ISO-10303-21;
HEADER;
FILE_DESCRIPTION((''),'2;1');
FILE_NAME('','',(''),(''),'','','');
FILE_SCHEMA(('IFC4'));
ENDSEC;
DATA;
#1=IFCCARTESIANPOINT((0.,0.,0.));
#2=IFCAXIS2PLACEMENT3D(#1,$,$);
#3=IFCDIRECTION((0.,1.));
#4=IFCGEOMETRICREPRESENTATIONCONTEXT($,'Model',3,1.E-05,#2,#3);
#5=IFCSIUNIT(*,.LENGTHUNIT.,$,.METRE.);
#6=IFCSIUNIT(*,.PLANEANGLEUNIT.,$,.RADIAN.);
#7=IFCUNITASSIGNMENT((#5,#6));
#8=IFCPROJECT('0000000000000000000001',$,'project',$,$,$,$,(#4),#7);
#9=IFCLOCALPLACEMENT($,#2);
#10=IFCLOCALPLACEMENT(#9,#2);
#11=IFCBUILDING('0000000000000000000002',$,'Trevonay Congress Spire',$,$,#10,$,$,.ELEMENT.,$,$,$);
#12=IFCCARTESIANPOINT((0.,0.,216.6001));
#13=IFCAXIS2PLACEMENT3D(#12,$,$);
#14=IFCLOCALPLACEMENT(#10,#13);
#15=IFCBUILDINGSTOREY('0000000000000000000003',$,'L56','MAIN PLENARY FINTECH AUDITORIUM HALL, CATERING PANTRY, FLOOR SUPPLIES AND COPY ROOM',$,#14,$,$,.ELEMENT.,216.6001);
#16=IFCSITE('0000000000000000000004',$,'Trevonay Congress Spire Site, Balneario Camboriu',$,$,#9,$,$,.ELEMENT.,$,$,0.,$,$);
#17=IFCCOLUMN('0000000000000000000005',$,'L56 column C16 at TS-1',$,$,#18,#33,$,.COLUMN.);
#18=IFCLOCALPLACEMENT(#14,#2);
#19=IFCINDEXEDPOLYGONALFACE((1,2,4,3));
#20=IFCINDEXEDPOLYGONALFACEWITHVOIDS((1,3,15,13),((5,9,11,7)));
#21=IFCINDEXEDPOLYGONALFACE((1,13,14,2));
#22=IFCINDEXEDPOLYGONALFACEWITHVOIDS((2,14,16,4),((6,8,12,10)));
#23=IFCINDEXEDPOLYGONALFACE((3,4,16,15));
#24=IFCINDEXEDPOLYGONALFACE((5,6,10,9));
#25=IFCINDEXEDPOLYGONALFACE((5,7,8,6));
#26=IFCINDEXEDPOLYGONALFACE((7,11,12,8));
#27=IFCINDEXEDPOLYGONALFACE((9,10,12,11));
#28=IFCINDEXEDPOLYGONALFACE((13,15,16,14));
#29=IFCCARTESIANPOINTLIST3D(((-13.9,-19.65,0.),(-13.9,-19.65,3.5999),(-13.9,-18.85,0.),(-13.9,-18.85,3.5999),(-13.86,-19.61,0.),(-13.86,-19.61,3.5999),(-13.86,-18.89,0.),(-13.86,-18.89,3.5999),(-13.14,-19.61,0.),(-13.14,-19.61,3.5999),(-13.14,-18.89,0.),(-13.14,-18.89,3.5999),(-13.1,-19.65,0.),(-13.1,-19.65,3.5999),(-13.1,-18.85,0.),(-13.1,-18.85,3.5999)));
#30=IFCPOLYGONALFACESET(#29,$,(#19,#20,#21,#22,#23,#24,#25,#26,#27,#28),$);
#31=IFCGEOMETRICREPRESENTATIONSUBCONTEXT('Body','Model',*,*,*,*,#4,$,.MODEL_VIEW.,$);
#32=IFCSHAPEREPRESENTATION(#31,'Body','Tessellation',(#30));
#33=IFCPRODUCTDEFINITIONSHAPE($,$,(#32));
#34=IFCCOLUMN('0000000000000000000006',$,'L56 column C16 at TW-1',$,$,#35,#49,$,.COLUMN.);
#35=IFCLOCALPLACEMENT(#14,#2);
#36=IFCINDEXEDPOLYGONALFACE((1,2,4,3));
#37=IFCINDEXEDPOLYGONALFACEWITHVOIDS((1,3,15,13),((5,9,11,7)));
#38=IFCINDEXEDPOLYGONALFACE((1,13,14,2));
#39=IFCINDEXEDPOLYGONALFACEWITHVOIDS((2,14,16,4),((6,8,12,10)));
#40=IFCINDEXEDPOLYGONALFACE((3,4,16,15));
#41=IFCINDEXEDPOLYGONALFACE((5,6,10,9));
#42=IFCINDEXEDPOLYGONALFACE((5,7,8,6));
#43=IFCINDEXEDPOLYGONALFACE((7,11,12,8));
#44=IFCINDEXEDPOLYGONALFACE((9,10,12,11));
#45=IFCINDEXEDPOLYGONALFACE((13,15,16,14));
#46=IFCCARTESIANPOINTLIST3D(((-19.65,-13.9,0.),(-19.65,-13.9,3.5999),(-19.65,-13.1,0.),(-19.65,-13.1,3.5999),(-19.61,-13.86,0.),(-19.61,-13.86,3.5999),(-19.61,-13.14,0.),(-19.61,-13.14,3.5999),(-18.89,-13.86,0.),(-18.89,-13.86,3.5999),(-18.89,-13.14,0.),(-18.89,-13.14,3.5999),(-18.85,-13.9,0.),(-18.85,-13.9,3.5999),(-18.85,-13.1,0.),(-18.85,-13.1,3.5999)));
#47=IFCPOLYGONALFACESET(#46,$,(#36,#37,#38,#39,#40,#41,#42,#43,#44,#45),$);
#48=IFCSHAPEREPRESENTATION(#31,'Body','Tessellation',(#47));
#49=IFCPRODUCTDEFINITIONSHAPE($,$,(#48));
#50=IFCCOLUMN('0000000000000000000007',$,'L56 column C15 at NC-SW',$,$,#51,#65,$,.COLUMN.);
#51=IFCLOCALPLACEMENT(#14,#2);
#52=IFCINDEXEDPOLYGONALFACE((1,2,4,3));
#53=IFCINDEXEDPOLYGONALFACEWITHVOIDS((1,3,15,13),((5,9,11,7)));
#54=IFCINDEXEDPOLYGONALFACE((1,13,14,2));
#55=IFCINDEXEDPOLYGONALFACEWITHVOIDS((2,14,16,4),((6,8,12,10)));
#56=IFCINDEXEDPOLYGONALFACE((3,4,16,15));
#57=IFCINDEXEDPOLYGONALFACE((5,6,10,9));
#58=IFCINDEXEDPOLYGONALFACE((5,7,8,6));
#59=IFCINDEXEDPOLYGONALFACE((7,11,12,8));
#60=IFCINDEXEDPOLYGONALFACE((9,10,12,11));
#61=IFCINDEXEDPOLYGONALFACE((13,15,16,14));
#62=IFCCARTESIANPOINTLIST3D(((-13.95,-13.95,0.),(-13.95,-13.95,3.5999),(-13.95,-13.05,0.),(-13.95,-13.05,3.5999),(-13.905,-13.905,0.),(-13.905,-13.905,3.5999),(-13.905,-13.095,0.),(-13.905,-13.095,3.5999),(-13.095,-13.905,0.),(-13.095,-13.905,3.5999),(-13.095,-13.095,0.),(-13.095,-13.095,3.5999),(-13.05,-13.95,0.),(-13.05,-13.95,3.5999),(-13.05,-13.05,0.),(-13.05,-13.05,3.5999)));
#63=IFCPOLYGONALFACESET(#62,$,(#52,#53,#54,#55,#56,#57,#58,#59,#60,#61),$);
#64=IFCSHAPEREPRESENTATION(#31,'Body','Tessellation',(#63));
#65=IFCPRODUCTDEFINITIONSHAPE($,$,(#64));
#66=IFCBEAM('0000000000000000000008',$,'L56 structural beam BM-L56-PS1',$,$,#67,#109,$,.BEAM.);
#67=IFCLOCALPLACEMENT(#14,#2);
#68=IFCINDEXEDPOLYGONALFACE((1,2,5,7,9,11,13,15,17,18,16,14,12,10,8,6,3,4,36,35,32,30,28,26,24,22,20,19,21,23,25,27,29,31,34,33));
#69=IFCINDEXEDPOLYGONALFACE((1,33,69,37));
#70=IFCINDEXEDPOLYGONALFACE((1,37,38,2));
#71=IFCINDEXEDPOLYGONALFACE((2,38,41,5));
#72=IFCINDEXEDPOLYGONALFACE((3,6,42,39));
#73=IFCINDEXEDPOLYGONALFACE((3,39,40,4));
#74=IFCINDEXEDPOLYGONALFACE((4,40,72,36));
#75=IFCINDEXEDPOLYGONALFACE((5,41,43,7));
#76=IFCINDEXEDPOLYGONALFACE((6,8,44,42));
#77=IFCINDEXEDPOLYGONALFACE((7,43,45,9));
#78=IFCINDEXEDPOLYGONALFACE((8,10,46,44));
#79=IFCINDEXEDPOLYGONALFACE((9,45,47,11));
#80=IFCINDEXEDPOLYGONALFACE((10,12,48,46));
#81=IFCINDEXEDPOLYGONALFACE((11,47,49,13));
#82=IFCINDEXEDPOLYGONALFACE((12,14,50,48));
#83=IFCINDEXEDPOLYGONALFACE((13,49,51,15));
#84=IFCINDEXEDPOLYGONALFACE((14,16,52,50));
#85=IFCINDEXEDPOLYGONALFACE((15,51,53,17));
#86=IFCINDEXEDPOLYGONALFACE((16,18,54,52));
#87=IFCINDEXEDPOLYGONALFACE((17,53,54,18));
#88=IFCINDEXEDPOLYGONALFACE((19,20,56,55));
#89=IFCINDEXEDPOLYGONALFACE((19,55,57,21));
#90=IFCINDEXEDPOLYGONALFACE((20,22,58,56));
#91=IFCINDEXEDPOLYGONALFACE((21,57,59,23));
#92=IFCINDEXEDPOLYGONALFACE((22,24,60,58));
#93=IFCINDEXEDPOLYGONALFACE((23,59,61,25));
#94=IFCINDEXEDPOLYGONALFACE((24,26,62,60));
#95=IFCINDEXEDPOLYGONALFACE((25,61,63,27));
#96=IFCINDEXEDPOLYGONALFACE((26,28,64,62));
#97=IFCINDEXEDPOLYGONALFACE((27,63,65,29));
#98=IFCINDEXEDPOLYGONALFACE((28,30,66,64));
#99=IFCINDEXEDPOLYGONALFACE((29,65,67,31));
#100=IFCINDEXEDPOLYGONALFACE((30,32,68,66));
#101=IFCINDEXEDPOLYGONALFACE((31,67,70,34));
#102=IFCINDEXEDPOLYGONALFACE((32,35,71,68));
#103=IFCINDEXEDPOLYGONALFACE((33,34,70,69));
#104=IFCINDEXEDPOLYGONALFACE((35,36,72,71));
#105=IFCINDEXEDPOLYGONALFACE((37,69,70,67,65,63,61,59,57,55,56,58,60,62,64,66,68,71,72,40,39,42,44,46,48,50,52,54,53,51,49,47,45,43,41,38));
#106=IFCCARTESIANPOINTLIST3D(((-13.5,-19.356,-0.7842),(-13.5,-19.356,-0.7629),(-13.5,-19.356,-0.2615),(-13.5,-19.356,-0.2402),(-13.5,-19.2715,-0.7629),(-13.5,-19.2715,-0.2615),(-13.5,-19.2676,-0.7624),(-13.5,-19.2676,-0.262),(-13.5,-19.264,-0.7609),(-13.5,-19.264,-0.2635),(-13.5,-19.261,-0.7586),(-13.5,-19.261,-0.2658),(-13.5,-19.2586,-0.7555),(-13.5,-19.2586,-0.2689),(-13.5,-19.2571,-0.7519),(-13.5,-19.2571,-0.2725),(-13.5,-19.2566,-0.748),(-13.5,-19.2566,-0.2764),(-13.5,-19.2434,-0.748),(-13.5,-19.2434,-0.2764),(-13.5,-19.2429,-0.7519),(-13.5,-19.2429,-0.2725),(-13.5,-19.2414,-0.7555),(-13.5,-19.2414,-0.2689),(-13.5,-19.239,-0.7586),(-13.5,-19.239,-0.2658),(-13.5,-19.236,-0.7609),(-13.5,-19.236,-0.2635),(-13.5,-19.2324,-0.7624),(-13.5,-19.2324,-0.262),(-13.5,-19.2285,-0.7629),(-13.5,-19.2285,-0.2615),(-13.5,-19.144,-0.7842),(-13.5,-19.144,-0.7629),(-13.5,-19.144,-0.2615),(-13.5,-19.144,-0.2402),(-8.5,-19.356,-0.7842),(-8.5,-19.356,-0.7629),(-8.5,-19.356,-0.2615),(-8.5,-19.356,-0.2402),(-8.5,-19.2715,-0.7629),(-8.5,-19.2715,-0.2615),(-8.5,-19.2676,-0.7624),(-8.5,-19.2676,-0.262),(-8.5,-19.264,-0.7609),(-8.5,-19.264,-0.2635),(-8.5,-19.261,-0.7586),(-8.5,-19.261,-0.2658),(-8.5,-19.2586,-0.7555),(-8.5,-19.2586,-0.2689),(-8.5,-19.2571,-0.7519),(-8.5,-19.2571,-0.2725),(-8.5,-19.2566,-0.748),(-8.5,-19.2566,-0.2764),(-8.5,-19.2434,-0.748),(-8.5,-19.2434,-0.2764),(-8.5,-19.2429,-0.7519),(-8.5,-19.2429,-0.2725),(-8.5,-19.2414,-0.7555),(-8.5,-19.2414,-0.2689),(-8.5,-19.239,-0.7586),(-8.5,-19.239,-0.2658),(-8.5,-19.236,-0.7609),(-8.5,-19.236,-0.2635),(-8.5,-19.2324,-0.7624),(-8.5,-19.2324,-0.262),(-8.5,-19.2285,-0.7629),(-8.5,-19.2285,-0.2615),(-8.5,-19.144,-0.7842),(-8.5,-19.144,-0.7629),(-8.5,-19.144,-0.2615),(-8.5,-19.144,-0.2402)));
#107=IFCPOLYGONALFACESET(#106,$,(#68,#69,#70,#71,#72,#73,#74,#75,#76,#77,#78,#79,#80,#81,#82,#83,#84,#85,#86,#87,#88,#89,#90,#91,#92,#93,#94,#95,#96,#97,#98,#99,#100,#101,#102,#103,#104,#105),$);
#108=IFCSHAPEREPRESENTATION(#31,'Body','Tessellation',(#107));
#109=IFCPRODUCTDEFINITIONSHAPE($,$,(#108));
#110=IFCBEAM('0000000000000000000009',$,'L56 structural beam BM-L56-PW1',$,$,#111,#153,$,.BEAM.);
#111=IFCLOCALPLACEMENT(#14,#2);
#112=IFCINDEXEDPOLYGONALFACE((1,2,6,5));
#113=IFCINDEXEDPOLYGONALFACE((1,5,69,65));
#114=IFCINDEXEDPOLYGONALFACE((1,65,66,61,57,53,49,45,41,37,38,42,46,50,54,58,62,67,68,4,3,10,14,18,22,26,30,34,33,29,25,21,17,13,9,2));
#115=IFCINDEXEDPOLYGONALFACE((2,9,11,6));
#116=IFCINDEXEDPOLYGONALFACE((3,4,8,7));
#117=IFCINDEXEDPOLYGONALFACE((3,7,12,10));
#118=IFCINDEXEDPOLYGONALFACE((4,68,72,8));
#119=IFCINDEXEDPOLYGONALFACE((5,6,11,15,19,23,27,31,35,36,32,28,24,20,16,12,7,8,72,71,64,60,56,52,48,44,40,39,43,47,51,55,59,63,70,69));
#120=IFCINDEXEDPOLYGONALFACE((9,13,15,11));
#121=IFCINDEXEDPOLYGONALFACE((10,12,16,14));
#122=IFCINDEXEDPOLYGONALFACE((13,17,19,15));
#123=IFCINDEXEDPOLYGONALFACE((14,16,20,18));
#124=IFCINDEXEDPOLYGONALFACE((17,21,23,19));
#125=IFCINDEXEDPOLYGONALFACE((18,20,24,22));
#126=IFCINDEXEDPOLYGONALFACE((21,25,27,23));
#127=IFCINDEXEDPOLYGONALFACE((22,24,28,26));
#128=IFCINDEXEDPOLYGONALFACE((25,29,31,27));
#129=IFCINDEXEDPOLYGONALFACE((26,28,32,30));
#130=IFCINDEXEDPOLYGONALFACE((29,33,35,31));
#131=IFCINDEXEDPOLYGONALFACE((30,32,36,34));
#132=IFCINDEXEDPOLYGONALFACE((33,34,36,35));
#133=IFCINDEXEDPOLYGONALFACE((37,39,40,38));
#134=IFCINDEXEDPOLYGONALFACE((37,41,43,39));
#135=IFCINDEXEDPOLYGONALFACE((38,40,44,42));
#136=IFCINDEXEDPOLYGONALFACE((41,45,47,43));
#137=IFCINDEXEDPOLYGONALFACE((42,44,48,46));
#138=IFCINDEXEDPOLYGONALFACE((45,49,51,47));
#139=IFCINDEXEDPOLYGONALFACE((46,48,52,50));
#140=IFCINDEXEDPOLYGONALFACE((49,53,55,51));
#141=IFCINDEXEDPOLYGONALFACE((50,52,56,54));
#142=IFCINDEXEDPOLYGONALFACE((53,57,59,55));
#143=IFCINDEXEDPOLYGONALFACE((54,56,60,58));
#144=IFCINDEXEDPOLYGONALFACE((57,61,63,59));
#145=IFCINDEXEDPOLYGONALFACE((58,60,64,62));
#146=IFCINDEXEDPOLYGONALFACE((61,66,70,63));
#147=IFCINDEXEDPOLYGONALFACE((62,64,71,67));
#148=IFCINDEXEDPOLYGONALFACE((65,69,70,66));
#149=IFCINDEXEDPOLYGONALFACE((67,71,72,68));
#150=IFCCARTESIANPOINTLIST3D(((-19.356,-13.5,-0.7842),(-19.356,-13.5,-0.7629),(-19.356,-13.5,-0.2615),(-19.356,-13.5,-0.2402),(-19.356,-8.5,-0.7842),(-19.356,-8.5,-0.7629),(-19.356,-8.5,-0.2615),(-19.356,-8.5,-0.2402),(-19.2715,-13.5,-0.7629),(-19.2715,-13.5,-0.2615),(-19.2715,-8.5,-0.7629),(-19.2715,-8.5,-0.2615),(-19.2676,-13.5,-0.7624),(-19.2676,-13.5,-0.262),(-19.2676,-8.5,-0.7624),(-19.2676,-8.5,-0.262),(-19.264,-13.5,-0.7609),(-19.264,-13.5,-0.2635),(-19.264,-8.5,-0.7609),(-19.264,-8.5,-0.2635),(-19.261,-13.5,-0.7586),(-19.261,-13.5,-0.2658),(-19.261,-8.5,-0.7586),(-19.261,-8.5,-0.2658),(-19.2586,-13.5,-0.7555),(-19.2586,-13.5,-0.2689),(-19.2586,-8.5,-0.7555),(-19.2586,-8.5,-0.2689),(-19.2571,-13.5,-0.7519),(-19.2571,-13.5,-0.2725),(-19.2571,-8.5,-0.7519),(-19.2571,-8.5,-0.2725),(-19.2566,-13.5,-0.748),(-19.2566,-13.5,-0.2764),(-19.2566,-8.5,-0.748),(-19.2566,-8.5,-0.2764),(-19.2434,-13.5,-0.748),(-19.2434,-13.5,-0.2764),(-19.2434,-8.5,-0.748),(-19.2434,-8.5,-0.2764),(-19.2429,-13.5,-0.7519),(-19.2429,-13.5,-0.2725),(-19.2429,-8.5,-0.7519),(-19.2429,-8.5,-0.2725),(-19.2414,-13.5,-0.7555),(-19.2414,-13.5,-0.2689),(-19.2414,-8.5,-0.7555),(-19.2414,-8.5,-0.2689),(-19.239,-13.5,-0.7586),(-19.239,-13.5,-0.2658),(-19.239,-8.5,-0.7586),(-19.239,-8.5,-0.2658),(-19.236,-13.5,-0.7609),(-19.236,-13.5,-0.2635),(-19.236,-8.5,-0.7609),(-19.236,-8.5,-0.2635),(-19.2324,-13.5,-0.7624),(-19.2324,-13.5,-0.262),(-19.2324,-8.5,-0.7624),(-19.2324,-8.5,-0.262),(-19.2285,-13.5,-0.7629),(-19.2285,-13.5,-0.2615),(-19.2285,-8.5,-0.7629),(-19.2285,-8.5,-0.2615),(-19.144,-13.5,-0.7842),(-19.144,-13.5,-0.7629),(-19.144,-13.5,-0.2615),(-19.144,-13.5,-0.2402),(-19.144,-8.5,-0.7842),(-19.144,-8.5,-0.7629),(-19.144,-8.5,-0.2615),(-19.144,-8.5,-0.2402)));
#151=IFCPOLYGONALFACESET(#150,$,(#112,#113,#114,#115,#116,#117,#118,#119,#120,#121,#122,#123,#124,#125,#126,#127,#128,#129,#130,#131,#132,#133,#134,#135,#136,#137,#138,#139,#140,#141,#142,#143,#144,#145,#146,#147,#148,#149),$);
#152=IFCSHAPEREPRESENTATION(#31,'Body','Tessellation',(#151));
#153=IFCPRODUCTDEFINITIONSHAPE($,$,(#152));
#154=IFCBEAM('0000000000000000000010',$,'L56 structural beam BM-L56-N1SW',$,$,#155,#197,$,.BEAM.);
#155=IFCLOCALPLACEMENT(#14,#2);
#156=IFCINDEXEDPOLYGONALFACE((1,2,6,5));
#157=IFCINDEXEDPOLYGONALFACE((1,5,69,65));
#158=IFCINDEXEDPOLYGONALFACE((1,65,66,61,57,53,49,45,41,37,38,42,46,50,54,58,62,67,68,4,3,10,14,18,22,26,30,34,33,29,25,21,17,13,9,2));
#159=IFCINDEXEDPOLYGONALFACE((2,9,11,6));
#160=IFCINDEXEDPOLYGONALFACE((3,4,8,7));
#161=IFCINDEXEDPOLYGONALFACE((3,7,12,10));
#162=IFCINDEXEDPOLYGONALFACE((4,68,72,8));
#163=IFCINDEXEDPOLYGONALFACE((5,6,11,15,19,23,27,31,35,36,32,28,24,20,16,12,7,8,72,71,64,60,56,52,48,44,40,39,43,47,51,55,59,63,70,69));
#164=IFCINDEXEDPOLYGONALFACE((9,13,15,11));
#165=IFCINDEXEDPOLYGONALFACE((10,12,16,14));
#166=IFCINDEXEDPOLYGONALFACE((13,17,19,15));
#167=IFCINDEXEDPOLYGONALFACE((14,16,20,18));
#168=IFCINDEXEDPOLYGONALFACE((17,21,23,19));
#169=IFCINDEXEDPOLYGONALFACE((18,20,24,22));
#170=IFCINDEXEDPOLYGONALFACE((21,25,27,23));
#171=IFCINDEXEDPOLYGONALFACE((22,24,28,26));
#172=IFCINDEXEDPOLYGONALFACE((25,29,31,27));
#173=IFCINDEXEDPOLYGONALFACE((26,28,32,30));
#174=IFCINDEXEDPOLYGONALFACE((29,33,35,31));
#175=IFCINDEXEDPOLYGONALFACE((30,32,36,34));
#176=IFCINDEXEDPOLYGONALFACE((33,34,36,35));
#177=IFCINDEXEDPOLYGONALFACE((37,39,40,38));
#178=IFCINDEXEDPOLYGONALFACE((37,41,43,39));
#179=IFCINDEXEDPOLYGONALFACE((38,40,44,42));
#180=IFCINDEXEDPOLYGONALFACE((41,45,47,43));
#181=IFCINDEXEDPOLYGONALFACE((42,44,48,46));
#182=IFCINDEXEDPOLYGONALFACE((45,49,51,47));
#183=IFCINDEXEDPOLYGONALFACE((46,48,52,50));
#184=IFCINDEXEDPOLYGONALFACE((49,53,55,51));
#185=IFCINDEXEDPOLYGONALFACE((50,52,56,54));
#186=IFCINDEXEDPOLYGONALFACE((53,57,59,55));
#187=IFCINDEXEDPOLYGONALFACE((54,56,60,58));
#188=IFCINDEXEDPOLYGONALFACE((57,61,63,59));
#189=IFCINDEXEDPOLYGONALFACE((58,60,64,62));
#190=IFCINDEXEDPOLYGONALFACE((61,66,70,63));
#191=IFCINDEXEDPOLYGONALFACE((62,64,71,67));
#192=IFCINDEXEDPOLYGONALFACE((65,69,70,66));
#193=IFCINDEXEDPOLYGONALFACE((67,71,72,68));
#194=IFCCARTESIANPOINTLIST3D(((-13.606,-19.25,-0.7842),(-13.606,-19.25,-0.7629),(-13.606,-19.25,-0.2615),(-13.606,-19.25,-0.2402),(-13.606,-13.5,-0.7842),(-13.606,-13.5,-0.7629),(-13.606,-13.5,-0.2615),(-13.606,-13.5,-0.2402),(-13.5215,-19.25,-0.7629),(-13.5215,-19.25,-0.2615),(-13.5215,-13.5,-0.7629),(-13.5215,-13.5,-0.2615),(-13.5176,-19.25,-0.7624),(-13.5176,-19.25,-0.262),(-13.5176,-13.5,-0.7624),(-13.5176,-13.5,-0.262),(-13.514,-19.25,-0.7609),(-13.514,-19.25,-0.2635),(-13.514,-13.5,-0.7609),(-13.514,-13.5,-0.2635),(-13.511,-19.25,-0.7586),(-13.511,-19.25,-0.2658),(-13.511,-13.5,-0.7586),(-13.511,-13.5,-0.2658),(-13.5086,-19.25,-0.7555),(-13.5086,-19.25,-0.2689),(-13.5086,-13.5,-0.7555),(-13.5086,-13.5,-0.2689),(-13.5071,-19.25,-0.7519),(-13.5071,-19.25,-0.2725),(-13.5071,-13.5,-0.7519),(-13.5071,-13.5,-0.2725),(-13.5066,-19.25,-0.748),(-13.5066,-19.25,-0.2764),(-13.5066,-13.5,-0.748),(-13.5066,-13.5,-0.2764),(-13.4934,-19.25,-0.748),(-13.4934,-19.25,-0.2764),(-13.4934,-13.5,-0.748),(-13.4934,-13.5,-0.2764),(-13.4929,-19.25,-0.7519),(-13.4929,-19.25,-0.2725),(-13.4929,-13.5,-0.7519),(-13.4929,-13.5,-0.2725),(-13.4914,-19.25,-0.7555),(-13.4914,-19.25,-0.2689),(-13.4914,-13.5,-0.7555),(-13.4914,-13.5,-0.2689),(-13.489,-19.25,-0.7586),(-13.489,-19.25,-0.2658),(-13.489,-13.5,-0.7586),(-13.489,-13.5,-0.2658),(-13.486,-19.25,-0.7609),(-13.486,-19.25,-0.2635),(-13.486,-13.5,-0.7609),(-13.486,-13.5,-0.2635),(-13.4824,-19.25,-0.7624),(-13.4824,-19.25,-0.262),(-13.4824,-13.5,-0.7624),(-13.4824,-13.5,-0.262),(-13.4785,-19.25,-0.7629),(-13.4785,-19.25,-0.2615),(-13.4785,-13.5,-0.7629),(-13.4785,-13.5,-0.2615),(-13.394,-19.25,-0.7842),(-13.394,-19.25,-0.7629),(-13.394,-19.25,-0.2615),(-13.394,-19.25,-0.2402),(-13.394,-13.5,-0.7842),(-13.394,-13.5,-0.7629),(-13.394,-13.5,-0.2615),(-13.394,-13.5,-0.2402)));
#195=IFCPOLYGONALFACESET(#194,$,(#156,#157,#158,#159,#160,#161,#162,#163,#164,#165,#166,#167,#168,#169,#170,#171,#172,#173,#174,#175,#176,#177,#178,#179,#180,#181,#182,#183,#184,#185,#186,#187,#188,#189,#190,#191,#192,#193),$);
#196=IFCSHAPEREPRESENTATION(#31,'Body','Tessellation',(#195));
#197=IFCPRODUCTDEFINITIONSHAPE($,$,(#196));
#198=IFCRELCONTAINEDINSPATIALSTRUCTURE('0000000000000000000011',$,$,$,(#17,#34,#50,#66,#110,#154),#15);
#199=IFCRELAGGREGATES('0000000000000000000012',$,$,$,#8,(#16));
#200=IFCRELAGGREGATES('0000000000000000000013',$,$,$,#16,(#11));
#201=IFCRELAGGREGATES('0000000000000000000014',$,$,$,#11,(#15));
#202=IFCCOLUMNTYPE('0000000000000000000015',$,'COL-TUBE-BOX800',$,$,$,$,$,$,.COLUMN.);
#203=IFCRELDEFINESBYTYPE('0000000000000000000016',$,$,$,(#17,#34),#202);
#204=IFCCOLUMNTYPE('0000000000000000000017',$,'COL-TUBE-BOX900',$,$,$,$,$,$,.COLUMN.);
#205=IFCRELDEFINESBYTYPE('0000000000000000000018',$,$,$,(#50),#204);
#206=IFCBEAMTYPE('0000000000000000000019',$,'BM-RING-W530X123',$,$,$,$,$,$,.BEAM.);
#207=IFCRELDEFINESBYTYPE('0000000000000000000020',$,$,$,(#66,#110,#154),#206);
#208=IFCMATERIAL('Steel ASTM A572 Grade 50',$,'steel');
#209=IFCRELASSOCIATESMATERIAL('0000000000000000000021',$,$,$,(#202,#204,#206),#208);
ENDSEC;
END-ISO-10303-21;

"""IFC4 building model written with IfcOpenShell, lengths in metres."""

from ifc_helpers import new_model, si_unit, direction, frame, origin, origin_2d, place, context, subcontext, project, spatial, hollow_rectangle, i_section, extrude, material, material_profile, profile_set, type_object, element, save


model = new_model("IFC4")

# Units and contexts
model_context = context("Model", 3, precision=1e-05, world=origin(), true_north=direction((0.0, 1.0)))
body_context = subcontext(model_context, "Body", "Model", "MODEL_VIEW")
ifc_project = project(units=[si_unit("LENGTHUNIT", "METRE"), si_unit("PLANEANGLEUNIT", "RADIAN")], contexts=[model_context])

# Site, building, storey
site_placement = place(None, origin())
site = spatial("IfcSite", under=ifc_project, at=site_placement, Name="Trevonay Congress Spire Site, Balneario Camboriu", CompositionType="ELEMENT", RefElevation=0.0)
building_placement = place(site_placement, origin())
building = spatial("IfcBuilding", under=site, at=building_placement, Name="Trevonay Congress Spire", CompositionType="ELEMENT")
storey_placement = place(building_placement, frame((0.0, 0.0, 216.6001)))
storey = spatial("IfcBuildingStorey", under=building, at=storey_placement, Name="L56", Description="MAIN PLENARY FINTECH AUDITORIUM HALL, CATERING PANTRY, FLOOR SUPPLIES AND COPY ROOM", CompositionType="ELEMENT", Elevation=216.6001)

# Columns
ifc_material_1 = material(Name="Steel ASTM A572 Grade 50", Category="steel")
ifc_material_profile_1 = material_profile(ifc_material_1, hollow_rectangle(XDim=0.8, YDim=0.8, WallThickness=0.04, at=origin_2d()), Name="BOX 800x800x40")
ifc_profile_set_1 = profile_set([ifc_material_profile_1], Name="Steel ASTM A572 Grade 50")
column_type_1 = type_object("IfcColumnType", Name="COL-TUBE-BOX800", PredefinedType="COLUMN", material=ifc_profile_set_1)
for number, where, z_axis, x_axis, name in (
    (1, (-13.5, -19.25, 0.0), (0.0, 0.0, 1.0), (1.0, 0.0, 0.0), "L56 column C16 at TS-1"),
    (2, (-19.25, -13.5, 0.0), (0.0, 0.0, 1.0), (1.0, 0.0, 0.0), "L56 column C16 at TW-1"),
):
    element("IfcColumn", number, at=place(storey_placement, frame(where, z_axis=z_axis, x_axis=x_axis)), inside=storey, type_object=column_type_1, Name=name, PredefinedType="COLUMN", context=body_context, shape_type="SweptSolid", body=[
        extrude(hollow_rectangle(XDim=0.8, YDim=0.8, WallThickness=0.04, at=origin_2d()), origin(), (0.0, 0.0, 1.0), 3.5999),
    ])
ifc_material_profile_2 = material_profile(ifc_material_1, hollow_rectangle(XDim=0.8999, YDim=0.8999, WallThickness=0.0449, at=origin_2d()), Name="BOX 900x900x45")
ifc_profile_set_2 = profile_set([ifc_material_profile_2], Name="Steel ASTM A572 Grade 50")
column_type_2 = type_object("IfcColumnType", Name="COL-TUBE-BOX900", PredefinedType="COLUMN", material=ifc_profile_set_2)
column_placement = place(storey_placement, frame((-13.5, -13.5, 0.0), z_axis=(0.0, 0.0, 1.0), x_axis=(1.0, 0.0, 0.0)))
element("IfcColumn", 3, at=column_placement, inside=storey, type_object=column_type_2, Name="L56 column C15 at NC-SW", PredefinedType="COLUMN", context=body_context, shape_type="SweptSolid", body=[
    extrude(hollow_rectangle(XDim=0.8999, YDim=0.8999, WallThickness=0.0449, at=origin_2d()), origin(), (0.0, 0.0, 1.0), 3.5999),
])

# Beams
ifc_material_profile_3 = material_profile(ifc_material_1, i_section(OverallWidth=0.2119, OverallDepth=0.5439, WebThickness=0.0132, FlangeThickness=0.0212, FilletRadius=0.0149, at=origin_2d()), Name="W530x123")
ifc_profile_set_3 = profile_set([ifc_material_profile_3], Name="Steel ASTM A572 Grade 50")
beam_type_1 = type_object("IfcBeamType", Name="BM-RING-W530X123", PredefinedType="BEAM", material=ifc_profile_set_3)
for number, where, z_axis, x_axis, name in (
    (4, (-13.5, -19.25, -0.5122), (1.0, 0.0, 0.0), (0.0, 1.0, 0.0), "L56 structural beam BM-L56-PS1"),
    (5, (-19.25, -13.5, -0.5122), (0.0, 1.0, 0.0), (-1.0, 0.0, 0.0), "L56 structural beam BM-L56-PW1"),
):
    element("IfcBeam", number, at=place(storey_placement, frame(where, z_axis=z_axis, x_axis=x_axis)), inside=storey, type_object=beam_type_1, Name=name, PredefinedType="BEAM", context=body_context, shape_type="SweptSolid", body=[
        extrude(i_section(OverallWidth=0.2119, OverallDepth=0.5439, WebThickness=0.0132, FlangeThickness=0.0212, FilletRadius=0.0149, at=origin_2d()), origin(), (0.0, 0.0, 1.0), 5.0),
    ])
for number, where, z_axis, x_axis, name in (
    (6, (-13.5, -19.25, -0.5122), (0.0, 1.0, 0.0), (-1.0, 0.0, 0.0), "L56 structural beam BM-L56-N1SW"),
):
    element("IfcBeam", number, at=place(storey_placement, frame(where, z_axis=z_axis, x_axis=x_axis)), inside=storey, type_object=beam_type_1, Name=name, PredefinedType="BEAM", context=body_context, shape_type="SweptSolid", body=[
        extrude(i_section(OverallWidth=0.2119, OverallDepth=0.5439, WebThickness=0.0132, FlangeThickness=0.0212, FilletRadius=0.0149, at=origin_2d()), origin(), (0.0, 0.0, 1.0), 5.75),
    ])

save(model, "model.ifc")
